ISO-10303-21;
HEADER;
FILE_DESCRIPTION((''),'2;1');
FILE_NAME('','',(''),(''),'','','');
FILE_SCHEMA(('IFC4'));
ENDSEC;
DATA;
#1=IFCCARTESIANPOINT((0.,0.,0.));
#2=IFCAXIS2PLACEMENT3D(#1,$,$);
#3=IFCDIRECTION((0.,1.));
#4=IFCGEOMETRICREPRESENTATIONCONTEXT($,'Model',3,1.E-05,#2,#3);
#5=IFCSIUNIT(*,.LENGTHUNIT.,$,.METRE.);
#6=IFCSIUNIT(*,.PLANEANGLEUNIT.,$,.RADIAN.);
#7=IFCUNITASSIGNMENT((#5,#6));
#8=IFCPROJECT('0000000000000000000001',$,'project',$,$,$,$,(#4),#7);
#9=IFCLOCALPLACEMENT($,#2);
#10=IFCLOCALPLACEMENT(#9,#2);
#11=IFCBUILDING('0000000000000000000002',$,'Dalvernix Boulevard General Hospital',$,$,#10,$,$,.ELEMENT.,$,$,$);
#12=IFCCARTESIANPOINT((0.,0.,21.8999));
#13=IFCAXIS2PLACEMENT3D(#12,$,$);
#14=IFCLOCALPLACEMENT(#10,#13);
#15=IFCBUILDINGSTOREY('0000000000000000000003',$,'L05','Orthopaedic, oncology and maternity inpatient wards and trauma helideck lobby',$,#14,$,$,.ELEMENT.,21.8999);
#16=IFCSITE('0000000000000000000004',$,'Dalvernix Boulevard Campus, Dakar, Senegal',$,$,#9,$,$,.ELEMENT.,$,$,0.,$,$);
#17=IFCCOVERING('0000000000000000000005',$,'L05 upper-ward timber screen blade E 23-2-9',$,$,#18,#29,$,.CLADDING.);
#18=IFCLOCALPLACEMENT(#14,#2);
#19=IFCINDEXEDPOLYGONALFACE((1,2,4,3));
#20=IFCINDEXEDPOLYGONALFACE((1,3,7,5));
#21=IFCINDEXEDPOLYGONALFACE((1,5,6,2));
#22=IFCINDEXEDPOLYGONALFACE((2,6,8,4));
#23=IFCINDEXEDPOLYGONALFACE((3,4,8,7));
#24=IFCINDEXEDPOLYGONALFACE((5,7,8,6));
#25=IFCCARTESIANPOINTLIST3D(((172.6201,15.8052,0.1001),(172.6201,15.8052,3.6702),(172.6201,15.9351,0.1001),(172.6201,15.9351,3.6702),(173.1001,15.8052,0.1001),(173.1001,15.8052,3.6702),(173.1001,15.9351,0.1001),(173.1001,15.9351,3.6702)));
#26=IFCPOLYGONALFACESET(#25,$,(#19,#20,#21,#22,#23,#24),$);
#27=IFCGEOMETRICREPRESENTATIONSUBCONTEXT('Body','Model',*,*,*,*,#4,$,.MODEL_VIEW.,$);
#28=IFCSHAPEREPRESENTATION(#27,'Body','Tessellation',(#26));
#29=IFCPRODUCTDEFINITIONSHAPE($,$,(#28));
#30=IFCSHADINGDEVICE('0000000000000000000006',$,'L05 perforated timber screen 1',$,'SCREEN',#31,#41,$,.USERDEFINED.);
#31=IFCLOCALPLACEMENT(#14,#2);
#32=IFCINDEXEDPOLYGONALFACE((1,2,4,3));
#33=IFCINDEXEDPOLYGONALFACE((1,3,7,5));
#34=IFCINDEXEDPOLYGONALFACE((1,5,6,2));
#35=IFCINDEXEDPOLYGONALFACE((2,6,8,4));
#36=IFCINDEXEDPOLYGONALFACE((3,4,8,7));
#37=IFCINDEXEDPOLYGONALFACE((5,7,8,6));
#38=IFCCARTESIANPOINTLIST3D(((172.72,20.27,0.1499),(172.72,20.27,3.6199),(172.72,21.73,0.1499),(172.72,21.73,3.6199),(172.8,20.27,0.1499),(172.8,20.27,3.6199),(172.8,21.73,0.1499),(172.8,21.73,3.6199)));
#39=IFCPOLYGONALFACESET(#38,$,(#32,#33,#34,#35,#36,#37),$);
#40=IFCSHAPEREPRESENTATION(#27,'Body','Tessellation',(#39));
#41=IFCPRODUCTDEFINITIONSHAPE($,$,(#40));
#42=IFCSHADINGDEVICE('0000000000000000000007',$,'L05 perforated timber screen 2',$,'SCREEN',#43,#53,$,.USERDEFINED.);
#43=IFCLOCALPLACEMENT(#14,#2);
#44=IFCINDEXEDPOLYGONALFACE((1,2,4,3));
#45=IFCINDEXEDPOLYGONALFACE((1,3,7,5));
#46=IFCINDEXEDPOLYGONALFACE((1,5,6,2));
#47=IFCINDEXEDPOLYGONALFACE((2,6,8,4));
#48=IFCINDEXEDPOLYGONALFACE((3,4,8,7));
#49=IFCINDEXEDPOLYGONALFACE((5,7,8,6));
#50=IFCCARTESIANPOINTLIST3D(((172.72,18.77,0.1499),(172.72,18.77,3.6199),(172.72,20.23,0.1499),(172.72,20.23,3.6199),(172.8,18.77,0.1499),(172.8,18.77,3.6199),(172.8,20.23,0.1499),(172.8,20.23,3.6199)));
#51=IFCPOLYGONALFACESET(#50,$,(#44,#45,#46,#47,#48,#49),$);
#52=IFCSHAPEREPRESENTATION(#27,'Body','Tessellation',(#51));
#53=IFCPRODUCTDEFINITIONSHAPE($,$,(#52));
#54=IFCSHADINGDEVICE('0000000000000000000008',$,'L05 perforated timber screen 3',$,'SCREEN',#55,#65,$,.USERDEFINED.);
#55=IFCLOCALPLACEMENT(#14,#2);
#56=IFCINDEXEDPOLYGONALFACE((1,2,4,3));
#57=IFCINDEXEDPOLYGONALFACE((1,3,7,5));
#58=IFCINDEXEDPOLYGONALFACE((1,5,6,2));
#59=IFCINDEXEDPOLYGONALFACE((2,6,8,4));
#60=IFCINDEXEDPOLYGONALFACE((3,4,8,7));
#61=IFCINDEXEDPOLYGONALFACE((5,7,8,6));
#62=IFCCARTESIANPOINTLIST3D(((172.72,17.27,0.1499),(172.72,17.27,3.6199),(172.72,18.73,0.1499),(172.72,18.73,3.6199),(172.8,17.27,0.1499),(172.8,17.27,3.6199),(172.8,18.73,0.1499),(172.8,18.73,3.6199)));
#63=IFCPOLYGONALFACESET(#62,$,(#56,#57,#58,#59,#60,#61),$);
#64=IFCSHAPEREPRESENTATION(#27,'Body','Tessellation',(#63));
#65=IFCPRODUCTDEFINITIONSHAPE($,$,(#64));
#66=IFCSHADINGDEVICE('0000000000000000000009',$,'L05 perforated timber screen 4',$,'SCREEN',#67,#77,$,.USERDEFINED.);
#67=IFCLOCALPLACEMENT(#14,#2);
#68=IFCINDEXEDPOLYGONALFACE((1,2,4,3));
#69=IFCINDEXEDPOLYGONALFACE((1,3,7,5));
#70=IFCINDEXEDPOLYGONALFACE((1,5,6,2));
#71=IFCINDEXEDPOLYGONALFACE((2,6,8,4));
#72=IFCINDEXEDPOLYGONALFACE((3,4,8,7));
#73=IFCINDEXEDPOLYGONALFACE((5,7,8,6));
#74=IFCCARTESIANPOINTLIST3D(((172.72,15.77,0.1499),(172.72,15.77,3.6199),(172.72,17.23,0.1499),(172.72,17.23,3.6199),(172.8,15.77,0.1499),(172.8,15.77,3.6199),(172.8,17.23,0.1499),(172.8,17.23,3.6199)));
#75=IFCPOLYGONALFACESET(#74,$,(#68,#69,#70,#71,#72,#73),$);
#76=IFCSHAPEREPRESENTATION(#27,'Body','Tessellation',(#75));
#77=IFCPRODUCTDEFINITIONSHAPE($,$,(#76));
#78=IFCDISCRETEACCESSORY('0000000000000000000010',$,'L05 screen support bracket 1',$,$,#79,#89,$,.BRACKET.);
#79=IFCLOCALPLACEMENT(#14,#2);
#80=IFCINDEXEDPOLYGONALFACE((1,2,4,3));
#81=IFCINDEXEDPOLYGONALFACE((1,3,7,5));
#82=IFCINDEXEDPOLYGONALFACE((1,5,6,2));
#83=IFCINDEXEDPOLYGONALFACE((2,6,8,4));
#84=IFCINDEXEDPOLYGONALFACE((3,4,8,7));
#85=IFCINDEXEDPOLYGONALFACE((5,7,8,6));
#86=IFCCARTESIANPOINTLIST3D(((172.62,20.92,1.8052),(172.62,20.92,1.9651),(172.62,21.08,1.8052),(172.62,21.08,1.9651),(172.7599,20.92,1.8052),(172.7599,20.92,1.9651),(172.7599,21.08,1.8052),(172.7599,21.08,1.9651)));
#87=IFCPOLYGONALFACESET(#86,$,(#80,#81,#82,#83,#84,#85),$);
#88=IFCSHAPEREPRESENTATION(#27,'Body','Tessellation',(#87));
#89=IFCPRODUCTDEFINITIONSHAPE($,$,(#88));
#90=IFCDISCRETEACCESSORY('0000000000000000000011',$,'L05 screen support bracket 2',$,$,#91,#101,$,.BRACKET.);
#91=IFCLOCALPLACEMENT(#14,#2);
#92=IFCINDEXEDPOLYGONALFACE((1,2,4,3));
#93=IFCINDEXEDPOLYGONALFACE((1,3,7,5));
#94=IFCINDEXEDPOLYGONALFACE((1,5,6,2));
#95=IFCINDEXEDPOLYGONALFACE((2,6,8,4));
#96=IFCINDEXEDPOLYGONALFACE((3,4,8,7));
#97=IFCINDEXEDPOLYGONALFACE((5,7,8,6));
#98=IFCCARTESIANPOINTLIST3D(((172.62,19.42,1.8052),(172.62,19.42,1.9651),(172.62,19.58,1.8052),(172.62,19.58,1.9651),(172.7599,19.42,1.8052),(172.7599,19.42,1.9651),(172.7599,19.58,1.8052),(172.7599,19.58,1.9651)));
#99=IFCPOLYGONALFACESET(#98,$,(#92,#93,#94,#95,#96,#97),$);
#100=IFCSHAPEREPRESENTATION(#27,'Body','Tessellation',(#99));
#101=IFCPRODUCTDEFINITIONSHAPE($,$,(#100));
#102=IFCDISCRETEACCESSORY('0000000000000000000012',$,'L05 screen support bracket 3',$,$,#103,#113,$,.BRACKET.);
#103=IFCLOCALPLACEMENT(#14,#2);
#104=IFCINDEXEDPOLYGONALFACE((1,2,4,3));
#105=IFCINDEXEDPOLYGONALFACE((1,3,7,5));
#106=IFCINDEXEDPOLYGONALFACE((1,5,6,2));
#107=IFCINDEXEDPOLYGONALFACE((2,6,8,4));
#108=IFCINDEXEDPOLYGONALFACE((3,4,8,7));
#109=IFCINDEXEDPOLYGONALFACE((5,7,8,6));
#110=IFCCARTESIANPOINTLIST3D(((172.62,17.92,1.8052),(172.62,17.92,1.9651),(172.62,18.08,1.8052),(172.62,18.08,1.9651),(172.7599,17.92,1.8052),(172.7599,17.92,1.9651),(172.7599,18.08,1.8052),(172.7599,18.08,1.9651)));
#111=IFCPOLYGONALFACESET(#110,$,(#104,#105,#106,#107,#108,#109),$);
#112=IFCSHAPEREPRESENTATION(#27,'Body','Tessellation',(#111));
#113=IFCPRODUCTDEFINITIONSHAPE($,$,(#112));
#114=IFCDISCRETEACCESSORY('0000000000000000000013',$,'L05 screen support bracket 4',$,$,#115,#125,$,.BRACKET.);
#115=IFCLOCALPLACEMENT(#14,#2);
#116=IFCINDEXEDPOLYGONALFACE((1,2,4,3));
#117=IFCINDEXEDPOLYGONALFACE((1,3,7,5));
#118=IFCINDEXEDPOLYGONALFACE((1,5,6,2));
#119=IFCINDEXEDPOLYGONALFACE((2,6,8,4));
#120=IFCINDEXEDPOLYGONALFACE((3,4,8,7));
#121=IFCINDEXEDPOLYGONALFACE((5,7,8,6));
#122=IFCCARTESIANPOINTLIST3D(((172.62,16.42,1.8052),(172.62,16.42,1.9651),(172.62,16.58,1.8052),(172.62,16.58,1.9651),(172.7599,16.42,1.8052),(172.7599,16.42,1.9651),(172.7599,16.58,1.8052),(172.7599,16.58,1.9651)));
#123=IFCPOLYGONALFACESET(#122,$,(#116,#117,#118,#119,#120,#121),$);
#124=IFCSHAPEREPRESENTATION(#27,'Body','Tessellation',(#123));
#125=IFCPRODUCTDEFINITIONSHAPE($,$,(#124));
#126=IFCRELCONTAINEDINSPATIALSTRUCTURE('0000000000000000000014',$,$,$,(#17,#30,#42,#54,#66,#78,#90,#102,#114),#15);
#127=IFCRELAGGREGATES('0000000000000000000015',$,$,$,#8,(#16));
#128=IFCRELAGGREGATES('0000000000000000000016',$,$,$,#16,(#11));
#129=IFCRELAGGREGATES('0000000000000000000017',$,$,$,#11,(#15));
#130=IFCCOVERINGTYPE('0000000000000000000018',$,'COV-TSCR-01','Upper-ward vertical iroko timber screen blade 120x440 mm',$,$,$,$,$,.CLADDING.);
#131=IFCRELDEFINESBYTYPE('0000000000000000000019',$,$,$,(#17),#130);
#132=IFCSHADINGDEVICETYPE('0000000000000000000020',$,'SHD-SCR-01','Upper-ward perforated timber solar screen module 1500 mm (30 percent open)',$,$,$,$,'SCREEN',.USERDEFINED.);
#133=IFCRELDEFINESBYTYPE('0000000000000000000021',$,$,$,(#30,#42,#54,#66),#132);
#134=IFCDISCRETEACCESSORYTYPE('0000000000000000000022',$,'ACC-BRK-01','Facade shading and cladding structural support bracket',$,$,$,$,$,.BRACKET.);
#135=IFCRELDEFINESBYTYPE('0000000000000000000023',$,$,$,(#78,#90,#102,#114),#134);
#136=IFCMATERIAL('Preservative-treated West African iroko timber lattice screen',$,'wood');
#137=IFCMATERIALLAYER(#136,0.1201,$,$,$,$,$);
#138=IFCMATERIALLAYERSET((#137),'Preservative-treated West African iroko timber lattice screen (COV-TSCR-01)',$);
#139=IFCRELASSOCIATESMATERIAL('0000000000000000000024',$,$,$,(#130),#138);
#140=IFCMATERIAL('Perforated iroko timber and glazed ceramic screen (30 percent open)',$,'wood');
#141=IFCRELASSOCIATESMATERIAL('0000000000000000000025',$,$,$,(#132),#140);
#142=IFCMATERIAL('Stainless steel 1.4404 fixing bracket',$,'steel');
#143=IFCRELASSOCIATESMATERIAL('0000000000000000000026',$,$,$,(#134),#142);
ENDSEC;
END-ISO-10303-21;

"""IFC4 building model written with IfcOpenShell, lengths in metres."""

from ifc_helpers import new_model, si_unit, direction, frame, origin, origin_2d, place, context, subcontext, project, spatial, rectangle, extrude, material, layer, layer_set, type_object, element, save


model = new_model("IFC4")

# Units and contexts
model_context = context("Model", 3, precision=1e-05, world=origin(), true_north=direction((0.0, 1.0)))
body_context = subcontext(model_context, "Body", "Model", "MODEL_VIEW")
ifc_project = project(units=[si_unit("LENGTHUNIT", "METRE"), si_unit("PLANEANGLEUNIT", "RADIAN")], contexts=[model_context])

# Site, building, storey
site_placement = place(None, origin())
site = spatial("IfcSite", under=ifc_project, at=site_placement, Name="Dalvernix Boulevard Campus, Dakar, Senegal", CompositionType="ELEMENT", RefElevation=0.0)
building_placement = place(site_placement, origin())
building = spatial("IfcBuilding", under=site, at=building_placement, Name="Dalvernix Boulevard General Hospital", CompositionType="ELEMENT")
storey_placement = place(building_placement, frame((0.0, 0.0, 21.8999)))
storey = spatial("IfcBuildingStorey", under=building, at=storey_placement, Name="L05", Description="Orthopaedic, oncology and maternity inpatient wards and trauma helideck lobby", CompositionType="ELEMENT", Elevation=21.8999)

# Covering
ifc_material_1 = material(Name="Preservative-treated West African iroko timber lattice screen", Category="wood")
ifc_layer_1 = layer(ifc_material_1, 0.1201)
ifc_layer_set_1 = layer_set([ifc_layer_1], Name="Preservative-treated West African iroko timber lattice screen (COV-TSCR-01)")
covering_type_1 = type_object("IfcCoveringType", Name="COV-TSCR-01", Description="Upper-ward vertical iroko timber screen blade 120x440 mm", PredefinedType="CLADDING", material=ifc_layer_set_1)
for number, where, z_axis, x_axis, name in (
    (1, (172.8601, 15.8701, 0.1001), (0.0, 0.0, 1.0), (0.0, -1.0, 0.0), "L05 upper-ward timber screen blade E 23-2-9"),
):
    element("IfcCovering", number, at=place(storey_placement, frame(where, z_axis=z_axis, x_axis=x_axis)), inside=storey, type_object=covering_type_1, Name=name, PredefinedType="CLADDING", context=body_context, shape_type="SweptSolid", body=[
        extrude(rectangle(XDim=0.1299, YDim=0.48, at=origin_2d()), origin(), (0.0, 0.0, 1.0), 3.5701),
    ])

# Shading devices
ifc_material_2 = material(Name="Perforated iroko timber and glazed ceramic screen (30 percent open)", Category="wood")
shading_device_type = type_object("IfcShadingDeviceType", Name="SHD-SCR-01", Description="Upper-ward perforated timber solar screen module 1500 mm (30 percent open)", ElementType="SCREEN", PredefinedType="USERDEFINED", material=ifc_material_2)
for number, where, z_axis, x_axis, name in (
    (2, (172.76, 21.0, 0.1499), (0.0, 0.0, 1.0), (0.0, -1.0, 0.0), "L05 perforated timber screen 1"),
    (3, (172.76, 19.5, 0.1499), (0.0, 0.0, 1.0), (0.0, -1.0, 0.0), "L05 perforated timber screen 2"),
    (4, (172.76, 18.0, 0.1499), (0.0, 0.0, 1.0), (0.0, -1.0, 0.0), "L05 perforated timber screen 3"),
    (5, (172.76, 16.5, 0.1499), (0.0, 0.0, 1.0), (0.0, -1.0, 0.0), "L05 perforated timber screen 4"),
):
    element("IfcShadingDevice", number, at=place(storey_placement, frame(where, z_axis=z_axis, x_axis=x_axis)), inside=storey, type_object=shading_device_type, Name=name, ObjectType="SCREEN", PredefinedType="USERDEFINED", context=body_context, shape_type="SweptSolid", body=[
        extrude(rectangle(XDim=1.46, YDim=0.0801, at=origin_2d()), origin(), (0.0, 0.0, 1.0), 3.47),
    ])

# Discrete accessories
ifc_material_3 = material(Name="Stainless steel 1.4404 fixing bracket", Category="steel")
discrete_accessory_type = type_object("IfcDiscreteAccessoryType", Name="ACC-BRK-01", Description="Facade shading and cladding structural support bracket", PredefinedType="BRACKET", material=ifc_material_3)
for number, where, z_axis, x_axis, name in (
    (6, (172.6899, 21.0, 1.8052), (0.0, 0.0, 1.0), (0.0, -1.0, 0.0), "L05 screen support bracket 1"),
    (7, (172.6899, 19.5, 1.8052), (0.0, 0.0, 1.0), (0.0, -1.0, 0.0), "L05 screen support bracket 2"),
    (8, (172.6899, 18.0, 1.8052), (0.0, 0.0, 1.0), (0.0, -1.0, 0.0), "L05 screen support bracket 3"),
    (9, (172.6899, 16.5, 1.8052), (0.0, 0.0, 1.0), (0.0, -1.0, 0.0), "L05 screen support bracket 4"),
):
    element("IfcDiscreteAccessory", number, at=place(storey_placement, frame(where, z_axis=z_axis, x_axis=x_axis)), inside=storey, type_object=discrete_accessory_type, Name=name, PredefinedType="BRACKET", context=body_context, shape_type="SweptSolid", body=[
        extrude(rectangle(XDim=0.1599, YDim=0.1399, at=origin_2d()), origin(), (0.0, 0.0, 1.0), 0.1599),
    ])

save(model, "model.ifc")
